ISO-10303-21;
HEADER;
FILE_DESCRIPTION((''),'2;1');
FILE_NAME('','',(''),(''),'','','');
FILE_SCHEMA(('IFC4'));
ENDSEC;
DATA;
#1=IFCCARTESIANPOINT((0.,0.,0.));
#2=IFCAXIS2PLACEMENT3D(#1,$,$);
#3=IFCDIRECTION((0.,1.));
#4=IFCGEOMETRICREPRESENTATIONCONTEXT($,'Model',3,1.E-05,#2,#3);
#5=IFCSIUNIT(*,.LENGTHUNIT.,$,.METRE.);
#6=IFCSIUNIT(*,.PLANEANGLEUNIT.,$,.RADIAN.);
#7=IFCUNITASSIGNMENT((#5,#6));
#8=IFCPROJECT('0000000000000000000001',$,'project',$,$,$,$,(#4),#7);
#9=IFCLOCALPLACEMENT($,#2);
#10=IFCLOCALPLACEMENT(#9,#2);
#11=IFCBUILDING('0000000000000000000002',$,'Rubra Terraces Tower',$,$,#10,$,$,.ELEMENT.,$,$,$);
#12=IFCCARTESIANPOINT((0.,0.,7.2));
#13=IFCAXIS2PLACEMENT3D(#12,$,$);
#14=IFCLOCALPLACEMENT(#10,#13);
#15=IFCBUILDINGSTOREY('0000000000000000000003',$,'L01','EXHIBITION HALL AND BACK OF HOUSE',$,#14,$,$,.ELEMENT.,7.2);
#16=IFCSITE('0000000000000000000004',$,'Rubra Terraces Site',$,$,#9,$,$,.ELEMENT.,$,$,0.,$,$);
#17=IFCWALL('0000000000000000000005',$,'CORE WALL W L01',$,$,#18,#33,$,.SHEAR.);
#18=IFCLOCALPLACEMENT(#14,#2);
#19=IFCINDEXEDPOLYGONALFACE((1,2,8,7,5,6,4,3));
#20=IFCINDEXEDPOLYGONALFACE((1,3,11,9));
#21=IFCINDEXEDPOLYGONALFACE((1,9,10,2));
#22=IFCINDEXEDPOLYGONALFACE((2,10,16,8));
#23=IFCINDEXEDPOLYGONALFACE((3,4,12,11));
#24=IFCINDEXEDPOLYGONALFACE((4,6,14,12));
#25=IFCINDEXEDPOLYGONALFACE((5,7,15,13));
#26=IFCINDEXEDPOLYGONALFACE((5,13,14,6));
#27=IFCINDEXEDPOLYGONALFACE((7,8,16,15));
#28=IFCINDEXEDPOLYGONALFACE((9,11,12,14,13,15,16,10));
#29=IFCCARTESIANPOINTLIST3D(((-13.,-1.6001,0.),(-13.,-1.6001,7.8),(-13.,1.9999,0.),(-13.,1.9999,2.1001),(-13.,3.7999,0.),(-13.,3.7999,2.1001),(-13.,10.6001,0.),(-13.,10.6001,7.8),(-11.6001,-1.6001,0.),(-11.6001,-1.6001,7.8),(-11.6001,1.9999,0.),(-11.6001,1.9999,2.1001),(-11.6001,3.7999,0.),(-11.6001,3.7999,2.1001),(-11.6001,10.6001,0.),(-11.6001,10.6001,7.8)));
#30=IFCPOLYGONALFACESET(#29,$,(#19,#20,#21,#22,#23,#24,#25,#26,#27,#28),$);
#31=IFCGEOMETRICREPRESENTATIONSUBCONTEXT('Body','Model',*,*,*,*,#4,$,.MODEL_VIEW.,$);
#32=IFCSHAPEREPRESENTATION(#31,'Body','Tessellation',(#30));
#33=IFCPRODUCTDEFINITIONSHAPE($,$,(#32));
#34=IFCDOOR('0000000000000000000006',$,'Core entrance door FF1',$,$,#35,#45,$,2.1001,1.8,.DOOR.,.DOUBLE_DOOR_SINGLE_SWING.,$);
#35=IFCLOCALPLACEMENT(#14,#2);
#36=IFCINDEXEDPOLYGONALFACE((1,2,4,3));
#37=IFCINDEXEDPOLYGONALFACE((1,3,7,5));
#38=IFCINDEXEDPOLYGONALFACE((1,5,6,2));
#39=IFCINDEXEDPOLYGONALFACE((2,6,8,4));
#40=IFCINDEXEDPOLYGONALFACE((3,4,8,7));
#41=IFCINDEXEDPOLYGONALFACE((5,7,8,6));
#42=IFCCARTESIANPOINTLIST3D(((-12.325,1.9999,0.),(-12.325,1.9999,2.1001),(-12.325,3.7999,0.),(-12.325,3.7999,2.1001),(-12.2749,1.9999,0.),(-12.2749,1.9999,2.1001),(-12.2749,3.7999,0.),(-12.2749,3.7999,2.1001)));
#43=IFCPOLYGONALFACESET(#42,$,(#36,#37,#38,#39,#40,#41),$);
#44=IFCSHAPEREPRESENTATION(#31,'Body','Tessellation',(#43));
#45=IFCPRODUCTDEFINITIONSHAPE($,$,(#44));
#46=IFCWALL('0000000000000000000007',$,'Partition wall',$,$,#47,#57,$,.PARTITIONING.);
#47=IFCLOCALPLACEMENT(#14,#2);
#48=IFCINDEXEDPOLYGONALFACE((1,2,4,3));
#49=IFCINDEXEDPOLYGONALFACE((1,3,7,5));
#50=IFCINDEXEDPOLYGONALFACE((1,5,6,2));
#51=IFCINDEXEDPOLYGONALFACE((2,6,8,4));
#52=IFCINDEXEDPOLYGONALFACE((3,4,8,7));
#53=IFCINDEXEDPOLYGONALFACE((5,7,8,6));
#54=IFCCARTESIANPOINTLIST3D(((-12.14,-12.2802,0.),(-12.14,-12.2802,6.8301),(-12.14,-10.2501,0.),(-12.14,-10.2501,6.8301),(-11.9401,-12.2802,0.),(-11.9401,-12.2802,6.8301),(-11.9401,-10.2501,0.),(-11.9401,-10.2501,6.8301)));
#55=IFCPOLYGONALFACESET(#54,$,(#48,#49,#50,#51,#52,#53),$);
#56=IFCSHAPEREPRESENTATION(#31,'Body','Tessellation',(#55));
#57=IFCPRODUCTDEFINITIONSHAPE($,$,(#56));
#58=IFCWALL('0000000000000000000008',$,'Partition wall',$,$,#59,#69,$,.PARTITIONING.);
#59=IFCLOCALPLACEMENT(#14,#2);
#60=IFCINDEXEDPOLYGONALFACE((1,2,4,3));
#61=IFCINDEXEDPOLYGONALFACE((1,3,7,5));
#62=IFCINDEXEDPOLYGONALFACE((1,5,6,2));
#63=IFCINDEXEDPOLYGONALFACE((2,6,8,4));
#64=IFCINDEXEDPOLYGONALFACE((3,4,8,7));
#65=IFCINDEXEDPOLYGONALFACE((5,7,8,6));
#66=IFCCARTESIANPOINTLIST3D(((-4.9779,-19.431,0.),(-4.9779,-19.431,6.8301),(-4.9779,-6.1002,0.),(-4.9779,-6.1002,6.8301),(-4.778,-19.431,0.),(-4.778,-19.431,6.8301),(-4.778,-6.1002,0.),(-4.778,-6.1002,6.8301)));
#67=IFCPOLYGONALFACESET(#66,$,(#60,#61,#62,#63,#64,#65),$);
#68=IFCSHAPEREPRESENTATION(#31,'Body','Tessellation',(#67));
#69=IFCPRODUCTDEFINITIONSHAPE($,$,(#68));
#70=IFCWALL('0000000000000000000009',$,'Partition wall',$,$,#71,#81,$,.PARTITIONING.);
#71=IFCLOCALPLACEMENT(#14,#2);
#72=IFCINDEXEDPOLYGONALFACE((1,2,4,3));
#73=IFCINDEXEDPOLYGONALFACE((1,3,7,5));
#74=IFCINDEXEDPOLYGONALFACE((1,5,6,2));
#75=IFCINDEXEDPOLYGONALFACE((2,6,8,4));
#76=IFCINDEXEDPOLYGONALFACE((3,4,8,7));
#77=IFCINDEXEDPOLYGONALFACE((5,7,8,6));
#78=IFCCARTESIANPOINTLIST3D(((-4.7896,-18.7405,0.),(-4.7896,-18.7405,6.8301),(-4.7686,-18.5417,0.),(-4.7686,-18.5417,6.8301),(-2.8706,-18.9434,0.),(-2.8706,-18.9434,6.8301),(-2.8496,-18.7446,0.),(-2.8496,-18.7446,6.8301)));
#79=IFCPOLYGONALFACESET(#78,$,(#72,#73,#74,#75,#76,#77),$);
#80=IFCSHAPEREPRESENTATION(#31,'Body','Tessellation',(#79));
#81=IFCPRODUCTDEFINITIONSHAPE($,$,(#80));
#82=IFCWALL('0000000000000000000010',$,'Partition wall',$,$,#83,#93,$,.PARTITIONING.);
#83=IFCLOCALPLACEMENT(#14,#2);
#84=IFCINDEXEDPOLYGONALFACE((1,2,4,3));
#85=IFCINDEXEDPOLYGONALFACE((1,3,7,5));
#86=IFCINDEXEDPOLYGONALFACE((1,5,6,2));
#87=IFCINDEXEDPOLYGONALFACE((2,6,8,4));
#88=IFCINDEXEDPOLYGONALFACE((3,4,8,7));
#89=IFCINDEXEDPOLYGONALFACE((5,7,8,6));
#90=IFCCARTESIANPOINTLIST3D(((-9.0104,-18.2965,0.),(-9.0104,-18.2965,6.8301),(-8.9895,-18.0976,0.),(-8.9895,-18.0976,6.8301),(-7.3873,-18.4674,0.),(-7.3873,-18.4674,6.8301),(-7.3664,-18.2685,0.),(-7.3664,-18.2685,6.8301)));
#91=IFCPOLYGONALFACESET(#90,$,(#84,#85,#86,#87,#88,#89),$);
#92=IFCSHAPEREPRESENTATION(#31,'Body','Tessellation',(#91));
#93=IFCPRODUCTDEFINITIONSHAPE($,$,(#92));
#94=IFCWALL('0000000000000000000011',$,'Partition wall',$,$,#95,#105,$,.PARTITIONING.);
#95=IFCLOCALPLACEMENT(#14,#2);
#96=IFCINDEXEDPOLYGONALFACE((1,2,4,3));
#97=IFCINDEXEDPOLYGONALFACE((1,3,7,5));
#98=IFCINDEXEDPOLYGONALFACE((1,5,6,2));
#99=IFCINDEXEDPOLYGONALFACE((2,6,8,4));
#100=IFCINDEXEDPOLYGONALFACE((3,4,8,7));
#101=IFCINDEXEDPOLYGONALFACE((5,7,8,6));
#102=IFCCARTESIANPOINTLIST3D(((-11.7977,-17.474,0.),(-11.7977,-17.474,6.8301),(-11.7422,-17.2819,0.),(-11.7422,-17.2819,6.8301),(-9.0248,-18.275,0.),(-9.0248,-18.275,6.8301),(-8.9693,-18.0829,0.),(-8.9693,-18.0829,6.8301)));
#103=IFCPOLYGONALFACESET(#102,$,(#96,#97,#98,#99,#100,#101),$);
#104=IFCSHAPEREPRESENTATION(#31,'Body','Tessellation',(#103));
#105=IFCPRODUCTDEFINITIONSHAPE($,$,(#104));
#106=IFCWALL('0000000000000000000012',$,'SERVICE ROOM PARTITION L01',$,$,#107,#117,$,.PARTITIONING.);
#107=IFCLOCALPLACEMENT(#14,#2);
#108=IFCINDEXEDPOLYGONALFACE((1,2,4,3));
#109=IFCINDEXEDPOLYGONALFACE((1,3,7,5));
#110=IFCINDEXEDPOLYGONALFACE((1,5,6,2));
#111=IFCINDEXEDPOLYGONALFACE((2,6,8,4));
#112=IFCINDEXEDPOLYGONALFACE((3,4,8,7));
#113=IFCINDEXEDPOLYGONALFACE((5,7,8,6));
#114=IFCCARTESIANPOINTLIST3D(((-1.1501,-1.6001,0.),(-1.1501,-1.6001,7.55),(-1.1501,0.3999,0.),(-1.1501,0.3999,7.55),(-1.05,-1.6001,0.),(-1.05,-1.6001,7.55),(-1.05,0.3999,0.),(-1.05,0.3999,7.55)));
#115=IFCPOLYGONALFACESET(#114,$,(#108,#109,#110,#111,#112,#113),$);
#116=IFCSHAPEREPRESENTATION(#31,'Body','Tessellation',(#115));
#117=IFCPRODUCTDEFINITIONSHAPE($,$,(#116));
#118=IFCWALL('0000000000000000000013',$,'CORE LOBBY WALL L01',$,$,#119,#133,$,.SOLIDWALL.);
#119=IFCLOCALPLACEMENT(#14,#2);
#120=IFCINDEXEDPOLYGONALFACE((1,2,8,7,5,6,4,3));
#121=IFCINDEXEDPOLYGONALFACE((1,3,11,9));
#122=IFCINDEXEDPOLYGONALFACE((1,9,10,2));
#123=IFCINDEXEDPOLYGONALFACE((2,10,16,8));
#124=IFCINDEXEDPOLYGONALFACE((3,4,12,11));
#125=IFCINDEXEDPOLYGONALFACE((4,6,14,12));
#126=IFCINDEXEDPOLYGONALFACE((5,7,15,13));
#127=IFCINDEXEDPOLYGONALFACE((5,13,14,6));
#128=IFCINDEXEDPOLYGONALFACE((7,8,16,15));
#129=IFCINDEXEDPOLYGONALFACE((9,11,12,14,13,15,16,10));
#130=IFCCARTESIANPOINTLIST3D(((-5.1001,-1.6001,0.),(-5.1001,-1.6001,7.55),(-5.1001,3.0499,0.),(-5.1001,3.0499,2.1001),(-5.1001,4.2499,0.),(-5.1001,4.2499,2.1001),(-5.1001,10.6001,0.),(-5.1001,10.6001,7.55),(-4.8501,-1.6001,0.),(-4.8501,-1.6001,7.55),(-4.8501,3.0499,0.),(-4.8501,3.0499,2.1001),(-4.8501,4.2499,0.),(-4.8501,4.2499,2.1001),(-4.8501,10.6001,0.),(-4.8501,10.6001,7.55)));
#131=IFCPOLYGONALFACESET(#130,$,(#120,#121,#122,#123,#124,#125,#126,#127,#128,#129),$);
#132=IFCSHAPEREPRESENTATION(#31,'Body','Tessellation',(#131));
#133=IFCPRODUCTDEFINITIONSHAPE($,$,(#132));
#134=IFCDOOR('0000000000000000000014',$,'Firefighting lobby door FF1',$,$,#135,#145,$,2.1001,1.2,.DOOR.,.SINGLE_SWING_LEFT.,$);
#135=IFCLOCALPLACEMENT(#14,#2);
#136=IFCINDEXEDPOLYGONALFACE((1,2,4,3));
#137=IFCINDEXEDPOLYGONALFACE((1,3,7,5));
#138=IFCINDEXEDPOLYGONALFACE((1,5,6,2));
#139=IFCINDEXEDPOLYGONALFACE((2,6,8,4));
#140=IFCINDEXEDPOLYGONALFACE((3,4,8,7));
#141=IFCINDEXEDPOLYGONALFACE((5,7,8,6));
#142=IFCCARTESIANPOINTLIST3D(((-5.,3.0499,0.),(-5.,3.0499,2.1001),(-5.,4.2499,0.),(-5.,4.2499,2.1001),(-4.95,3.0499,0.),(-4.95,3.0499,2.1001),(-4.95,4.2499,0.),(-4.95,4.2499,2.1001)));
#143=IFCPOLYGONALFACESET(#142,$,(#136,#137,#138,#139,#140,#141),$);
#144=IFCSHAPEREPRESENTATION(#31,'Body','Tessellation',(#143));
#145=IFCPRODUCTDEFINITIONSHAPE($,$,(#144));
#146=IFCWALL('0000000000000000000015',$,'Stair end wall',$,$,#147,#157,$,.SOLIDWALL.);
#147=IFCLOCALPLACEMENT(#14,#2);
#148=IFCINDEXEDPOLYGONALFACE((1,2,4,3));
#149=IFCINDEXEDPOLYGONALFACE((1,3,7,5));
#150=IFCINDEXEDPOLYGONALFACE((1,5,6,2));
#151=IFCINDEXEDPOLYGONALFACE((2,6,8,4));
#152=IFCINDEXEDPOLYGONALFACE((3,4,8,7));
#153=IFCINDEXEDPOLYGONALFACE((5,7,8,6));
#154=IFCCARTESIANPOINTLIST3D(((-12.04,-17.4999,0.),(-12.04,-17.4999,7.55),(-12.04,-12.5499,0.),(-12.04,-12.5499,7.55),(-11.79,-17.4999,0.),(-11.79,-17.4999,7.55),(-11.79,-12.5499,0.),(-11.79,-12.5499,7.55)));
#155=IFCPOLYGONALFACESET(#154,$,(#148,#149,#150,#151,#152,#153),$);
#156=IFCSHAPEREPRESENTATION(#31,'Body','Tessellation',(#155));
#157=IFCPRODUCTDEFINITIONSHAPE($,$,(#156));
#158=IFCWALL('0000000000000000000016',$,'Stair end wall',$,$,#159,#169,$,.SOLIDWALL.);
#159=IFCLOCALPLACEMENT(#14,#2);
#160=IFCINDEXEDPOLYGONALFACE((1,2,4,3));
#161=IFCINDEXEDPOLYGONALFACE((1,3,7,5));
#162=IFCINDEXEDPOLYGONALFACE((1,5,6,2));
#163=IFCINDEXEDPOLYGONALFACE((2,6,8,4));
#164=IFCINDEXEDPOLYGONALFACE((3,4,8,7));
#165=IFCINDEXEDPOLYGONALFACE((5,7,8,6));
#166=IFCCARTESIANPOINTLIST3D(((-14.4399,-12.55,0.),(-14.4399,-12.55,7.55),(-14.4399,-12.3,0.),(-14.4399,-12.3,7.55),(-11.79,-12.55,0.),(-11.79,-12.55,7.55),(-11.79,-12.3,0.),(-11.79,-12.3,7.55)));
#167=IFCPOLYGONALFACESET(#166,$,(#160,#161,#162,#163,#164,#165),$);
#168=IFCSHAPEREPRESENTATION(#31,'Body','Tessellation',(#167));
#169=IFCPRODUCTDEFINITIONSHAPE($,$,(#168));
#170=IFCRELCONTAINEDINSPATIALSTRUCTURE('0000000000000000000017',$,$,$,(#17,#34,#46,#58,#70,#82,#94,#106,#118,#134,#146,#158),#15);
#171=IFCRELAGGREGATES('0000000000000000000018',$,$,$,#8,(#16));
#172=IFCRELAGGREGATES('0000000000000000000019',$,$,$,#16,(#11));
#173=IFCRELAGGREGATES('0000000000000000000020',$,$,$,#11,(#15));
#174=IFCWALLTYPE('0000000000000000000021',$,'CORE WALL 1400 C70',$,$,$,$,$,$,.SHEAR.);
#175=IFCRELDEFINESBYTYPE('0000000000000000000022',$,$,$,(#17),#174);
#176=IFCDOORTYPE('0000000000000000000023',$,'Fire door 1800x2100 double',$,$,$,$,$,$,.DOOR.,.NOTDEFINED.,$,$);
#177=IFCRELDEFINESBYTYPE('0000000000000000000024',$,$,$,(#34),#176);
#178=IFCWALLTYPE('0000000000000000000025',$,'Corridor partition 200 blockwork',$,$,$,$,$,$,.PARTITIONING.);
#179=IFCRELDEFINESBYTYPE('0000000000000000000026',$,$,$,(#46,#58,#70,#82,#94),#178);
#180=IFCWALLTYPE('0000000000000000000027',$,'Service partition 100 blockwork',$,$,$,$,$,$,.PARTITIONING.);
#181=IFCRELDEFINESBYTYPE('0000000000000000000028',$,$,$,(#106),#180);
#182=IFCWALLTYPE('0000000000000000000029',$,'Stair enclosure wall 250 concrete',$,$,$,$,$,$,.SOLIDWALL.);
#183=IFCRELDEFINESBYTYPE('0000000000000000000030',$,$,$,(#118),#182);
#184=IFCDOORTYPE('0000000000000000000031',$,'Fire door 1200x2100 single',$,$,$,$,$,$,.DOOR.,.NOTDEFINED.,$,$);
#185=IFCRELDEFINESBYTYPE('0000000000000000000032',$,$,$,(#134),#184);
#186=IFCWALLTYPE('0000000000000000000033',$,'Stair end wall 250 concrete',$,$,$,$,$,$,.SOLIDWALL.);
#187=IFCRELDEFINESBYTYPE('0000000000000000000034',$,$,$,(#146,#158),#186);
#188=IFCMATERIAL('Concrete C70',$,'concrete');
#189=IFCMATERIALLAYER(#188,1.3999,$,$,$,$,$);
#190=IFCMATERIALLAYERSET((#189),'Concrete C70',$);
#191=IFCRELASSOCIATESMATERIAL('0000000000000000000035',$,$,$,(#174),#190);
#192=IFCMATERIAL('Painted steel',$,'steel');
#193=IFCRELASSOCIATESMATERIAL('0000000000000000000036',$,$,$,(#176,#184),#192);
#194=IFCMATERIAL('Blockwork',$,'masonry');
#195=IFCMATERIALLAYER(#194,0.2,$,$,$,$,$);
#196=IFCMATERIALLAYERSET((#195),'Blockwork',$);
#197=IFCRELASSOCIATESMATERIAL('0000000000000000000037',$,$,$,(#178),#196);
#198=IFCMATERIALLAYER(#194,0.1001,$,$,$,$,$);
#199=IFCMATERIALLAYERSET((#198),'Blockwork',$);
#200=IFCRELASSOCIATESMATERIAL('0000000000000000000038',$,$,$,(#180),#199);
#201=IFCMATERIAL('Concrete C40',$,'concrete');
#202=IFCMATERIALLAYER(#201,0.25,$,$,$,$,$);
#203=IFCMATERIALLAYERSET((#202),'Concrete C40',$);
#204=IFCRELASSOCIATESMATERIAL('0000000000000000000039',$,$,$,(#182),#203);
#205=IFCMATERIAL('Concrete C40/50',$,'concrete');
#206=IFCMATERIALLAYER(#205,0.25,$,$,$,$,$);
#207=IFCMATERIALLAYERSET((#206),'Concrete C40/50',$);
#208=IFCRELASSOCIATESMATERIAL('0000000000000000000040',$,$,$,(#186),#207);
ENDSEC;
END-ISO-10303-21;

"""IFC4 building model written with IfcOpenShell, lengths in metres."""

from ifc_helpers import new_model, si_unit, direction, frame, frame_2d, origin, place, context, subcontext, project, spatial, rectangle, extrude, material, layer, layer_set, type_object, element, fill, save


model = new_model("IFC4")

# Units and contexts
model_context = context("Model", 3, precision=1e-05, world=origin(), true_north=direction((0.0, 1.0)))
body_context = subcontext(model_context, "Body", "Model", "MODEL_VIEW")
ifc_project = project(units=[si_unit("LENGTHUNIT", "METRE"), si_unit("PLANEANGLEUNIT", "RADIAN")], contexts=[model_context])

# Site, building, storey
site_placement = place(None, origin())
site = spatial("IfcSite", under=ifc_project, at=site_placement, Name="Rubra Terraces Site", CompositionType="ELEMENT", RefElevation=0.0)
building_placement = place(site_placement, origin())
building = spatial("IfcBuilding", under=site, at=building_placement, Name="Rubra Terraces Tower", CompositionType="ELEMENT")
storey_placement = place(building_placement, frame((0.0, 0.0, 7.2)))
storey = spatial("IfcBuildingStorey", under=building, at=storey_placement, Name="L01", Description="EXHIBITION HALL AND BACK OF HOUSE", CompositionType="ELEMENT", Elevation=7.2)

# Shared definitions
ifc_material_1 = material(Name="Concrete C70", Category="concrete")
ifc_layer_1 = layer(ifc_material_1, 1.3999)
ifc_layer_set_1 = layer_set([ifc_layer_1], Name="Concrete C70")
wall_type_1 = type_object("IfcWallType", Name="CORE WALL 1400 C70", PredefinedType="SHEAR", material=ifc_layer_set_1)
ifc_material_2 = material(Name="Painted steel", Category="steel")

# Wall, opening, door
wall_1_placement = place(storey_placement, frame((-12.3, -1.6001, 0.0), z_axis=(0.0, 0.0, 1.0), x_axis=(0.0, 1.0, 0.0)))
wall_1 = element("IfcWall", 1, at=wall_1_placement, inside=storey, type_object=wall_type_1, Name="CORE WALL W L01", PredefinedType="SHEAR", context=body_context, shape_type="SweptSolid", body=[
    extrude(rectangle(XDim=12.2002, YDim=1.3999, at=frame_2d((6.1001, 0.0))), origin(), (0.0, 0.0, 1.0), 7.8),
])
opening_1_placement = place(wall_1_placement, frame((3.6001, 0.0, 0.0)))
opening_1 = element("IfcOpeningElement", 2, at=opening_1_placement, cuts=wall_1, PredefinedType="OPENING", context=body_context, shape_type="SweptSolid", body=[
    extrude(rectangle(XDim=1.8, YDim=2.1001, at=frame_2d((0.8999, 1.05))), frame((0.0, 0.71, 0.0), z_axis=(0.0, -1.0, 0.0), x_axis=(1.0, 0.0, 0.0)), (0.0, 0.0, 1.0), 1.4199),
])
door_type_1 = type_object("IfcDoorType", Name="Fire door 1800x2100 double", OperationType="NOTDEFINED", PredefinedType="DOOR", material=ifc_material_2)
door_1_placement = place(opening_1_placement, origin())
door_1 = element("IfcDoor", 3, at=door_1_placement, inside=storey, type_object=door_type_1, Name="Core entrance door FF1", OperationType="DOUBLE_DOOR_SINGLE_SWING", OverallHeight=2.1001, OverallWidth=1.8, PredefinedType="DOOR", context=body_context, shape_type="SweptSolid", body=[
    extrude(rectangle(XDim=1.8, YDim=2.1001, at=frame_2d((0.8999, 1.05))), frame((0.0, 0.0249, 0.0), z_axis=(0.0, -1.0, 0.0), x_axis=(1.0, 0.0, 0.0)), (0.0, 0.0, 1.0), 0.05),
])
fill(opening_1, door_1)

# Walls
ifc_material_3 = material(Name="Blockwork", Category="masonry")
ifc_layer_2 = layer(ifc_material_3, 0.2)
ifc_layer_set_2 = layer_set([ifc_layer_2], Name="Blockwork")
wall_type_2 = type_object("IfcWallType", Name="Corridor partition 200 blockwork", PredefinedType="PARTITIONING", material=ifc_layer_set_2)
wall_2_placement = place(storey_placement, frame((-12.04, -10.25, 0.0), z_axis=(0.0, 0.0, 1.0), x_axis=(0.0, -1.0, 0.0)))
element("IfcWall", 4, at=wall_2_placement, inside=storey, type_object=wall_type_2, Name="Partition wall", PredefinedType="PARTITIONING", context=body_context, shape_type="SweptSolid", body=[
    extrude(rectangle(XDim=2.03, YDim=0.2, at=frame_2d((1.0151, 0.0))), origin(), (0.0, 0.0, 1.0), 6.8301),
])
wall_3_placement = place(storey_placement, frame((-4.8779, -6.1001, 0.0), z_axis=(0.0, 0.0, 1.0), x_axis=(0.0, -1.0, 0.0)))
element("IfcWall", 5, at=wall_3_placement, inside=storey, type_object=wall_type_2, Name="Partition wall", PredefinedType="PARTITIONING", context=body_context, shape_type="SweptSolid", body=[
    extrude(rectangle(XDim=13.3308, YDim=0.2, at=frame_2d((6.6655, 0.0))), origin(), (0.0, 0.0, 1.0), 6.8301),
])
wall_4_placement = place(storey_placement, frame((-2.8601, -18.844, 0.0), z_axis=(0.0, 0.0, 1.0), x_axis=(-0.994458, 0.105139, 0.0)))
element("IfcWall", 6, at=wall_4_placement, inside=storey, type_object=wall_type_2, Name="Partition wall", PredefinedType="PARTITIONING", context=body_context, shape_type="SweptSolid", body=[
    extrude(rectangle(XDim=1.9297, YDim=0.2, at=frame_2d((0.9648, 0.0))), origin(), (0.0, 0.0, 1.0), 6.8301),
])
wall_5_placement = place(storey_placement, frame((-7.377, -18.3679, 0.0), z_axis=(0.0, 0.0, 1.0), x_axis=(-0.994502, 0.104716, 0.0)))
element("IfcWall", 7, at=wall_5_placement, inside=storey, type_object=wall_type_2, Name="Partition wall", PredefinedType="PARTITIONING", context=body_context, shape_type="SweptSolid", body=[
    extrude(rectangle(XDim=1.6321, YDim=0.2, at=frame_2d((0.8159, 0.0))), origin(), (0.0, 0.0, 1.0), 6.8301),
])
wall_6_placement = place(storey_placement, frame((-8.9971, -18.179, 0.0), z_axis=(0.0, 0.0, 1.0), x_axis=(-0.960719, 0.277524, 0.0)))
element("IfcWall", 8, at=wall_6_placement, inside=storey, type_object=wall_type_2, Name="Partition wall", PredefinedType="PARTITIONING", context=body_context, shape_type="SweptSolid", body=[
    extrude(rectangle(XDim=2.8862, YDim=0.2, at=frame_2d((1.4431, 0.0))), origin(), (0.0, 0.0, 1.0), 6.8301),
])
ifc_layer_3 = layer(ifc_material_3, 0.1001)
ifc_layer_set_3 = layer_set([ifc_layer_3], Name="Blockwork")
wall_type_3 = type_object("IfcWallType", Name="Service partition 100 blockwork", PredefinedType="PARTITIONING", material=ifc_layer_set_3)
wall_7_placement = place(storey_placement, frame((-1.1001, -1.6001, 0.0), z_axis=(0.0, 0.0, 1.0), x_axis=(0.0, 1.0, 0.0)))
element("IfcWall", 9, at=wall_7_placement, inside=storey, type_object=wall_type_3, Name="SERVICE ROOM PARTITION L01", PredefinedType="PARTITIONING", context=body_context, shape_type="SweptSolid", body=[
    extrude(rectangle(XDim=2.0, YDim=0.1001, at=frame_2d((1.0, 0.0))), origin(), (0.0, 0.0, 1.0), 7.55),
])

# Wall, opening, door
ifc_material_4 = material(Name="Concrete C40", Category="concrete")
ifc_layer_4 = layer(ifc_material_4, 0.25)
ifc_layer_set_4 = layer_set([ifc_layer_4], Name="Concrete C40")
wall_type_4 = type_object("IfcWallType", Name="Stair enclosure wall 250 concrete", PredefinedType="SOLIDWALL", material=ifc_layer_set_4)
wall_8_placement = place(storey_placement, frame((-4.9751, -1.6001, 0.0), z_axis=(0.0, 0.0, 1.0), x_axis=(0.0, 1.0, 0.0)))
wall_8 = element("IfcWall", 10, at=wall_8_placement, inside=storey, type_object=wall_type_4, Name="CORE LOBBY WALL L01", PredefinedType="SOLIDWALL", context=body_context, shape_type="SweptSolid", body=[
    extrude(rectangle(XDim=12.2002, YDim=0.25, at=frame_2d((6.1001, 0.0))), origin(), (0.0, 0.0, 1.0), 7.55),
])
opening_2_placement = place(wall_8_placement, frame((4.6499, 0.0, 0.0)))
opening_2 = element("IfcOpeningElement", 11, at=opening_2_placement, cuts=wall_8, PredefinedType="OPENING", context=body_context, shape_type="SweptSolid", body=[
    extrude(rectangle(XDim=1.2, YDim=2.1001, at=frame_2d((0.6001, 1.05))), frame((0.0, 0.135, 0.0), z_axis=(0.0, -1.0, 0.0), x_axis=(1.0, 0.0, 0.0)), (0.0, 0.0, 1.0), 0.27),
])
door_type_2 = type_object("IfcDoorType", Name="Fire door 1200x2100 single", OperationType="NOTDEFINED", PredefinedType="DOOR", material=ifc_material_2)
door_2_placement = place(opening_2_placement, origin())
door_2 = element("IfcDoor", 12, at=door_2_placement, inside=storey, type_object=door_type_2, Name="Firefighting lobby door FF1", OperationType="SINGLE_SWING_LEFT", OverallHeight=2.1001, OverallWidth=1.2, PredefinedType="DOOR", context=body_context, shape_type="SweptSolid", body=[
    extrude(rectangle(XDim=1.2, YDim=2.1001, at=frame_2d((0.6001, 1.05))), frame((0.0, 0.0249, 0.0), z_axis=(0.0, -1.0, 0.0), x_axis=(1.0, 0.0, 0.0)), (0.0, 0.0, 1.0), 0.05),
])
fill(opening_2, door_2)

# Walls
ifc_material_5 = material(Name="Concrete C40/50", Category="concrete")
ifc_layer_5 = layer(ifc_material_5, 0.25)
ifc_layer_set_5 = layer_set([ifc_layer_5], Name="Concrete C40/50")
wall_type_5 = type_object("IfcWallType", Name="Stair end wall 250 concrete", PredefinedType="SOLIDWALL", material=ifc_layer_set_5)
wall_9_placement = place(storey_placement, frame((-11.915, -17.5, 0.0), z_axis=(0.0, 0.0, 1.0), x_axis=(0.0, 1.0, 0.0)))
element("IfcWall", 13, at=wall_9_placement, inside=storey, type_object=wall_type_5, Name="Stair end wall", PredefinedType="SOLIDWALL", context=body_context, shape_type="SweptSolid", body=[
    extrude(rectangle(XDim=4.95, YDim=0.25, at=frame_2d((2.4751, 0.0))), origin(), (0.0, 0.0, 1.0), 7.55),
])
wall_10_placement = place(storey_placement, frame((-14.4399, -12.425, 0.0), z_axis=(0.0, 0.0, 1.0), x_axis=(1.0, 0.0, 0.0)))
element("IfcWall", 14, at=wall_10_placement, inside=storey, type_object=wall_type_5, Name="Stair end wall", PredefinedType="SOLIDWALL", context=body_context, shape_type="SweptSolid", body=[
    extrude(rectangle(XDim=2.6499, YDim=0.25, at=frame_2d((1.325, 0.0))), origin(), (0.0, 0.0, 1.0), 7.55),
])

save(model, "model.ifc")
